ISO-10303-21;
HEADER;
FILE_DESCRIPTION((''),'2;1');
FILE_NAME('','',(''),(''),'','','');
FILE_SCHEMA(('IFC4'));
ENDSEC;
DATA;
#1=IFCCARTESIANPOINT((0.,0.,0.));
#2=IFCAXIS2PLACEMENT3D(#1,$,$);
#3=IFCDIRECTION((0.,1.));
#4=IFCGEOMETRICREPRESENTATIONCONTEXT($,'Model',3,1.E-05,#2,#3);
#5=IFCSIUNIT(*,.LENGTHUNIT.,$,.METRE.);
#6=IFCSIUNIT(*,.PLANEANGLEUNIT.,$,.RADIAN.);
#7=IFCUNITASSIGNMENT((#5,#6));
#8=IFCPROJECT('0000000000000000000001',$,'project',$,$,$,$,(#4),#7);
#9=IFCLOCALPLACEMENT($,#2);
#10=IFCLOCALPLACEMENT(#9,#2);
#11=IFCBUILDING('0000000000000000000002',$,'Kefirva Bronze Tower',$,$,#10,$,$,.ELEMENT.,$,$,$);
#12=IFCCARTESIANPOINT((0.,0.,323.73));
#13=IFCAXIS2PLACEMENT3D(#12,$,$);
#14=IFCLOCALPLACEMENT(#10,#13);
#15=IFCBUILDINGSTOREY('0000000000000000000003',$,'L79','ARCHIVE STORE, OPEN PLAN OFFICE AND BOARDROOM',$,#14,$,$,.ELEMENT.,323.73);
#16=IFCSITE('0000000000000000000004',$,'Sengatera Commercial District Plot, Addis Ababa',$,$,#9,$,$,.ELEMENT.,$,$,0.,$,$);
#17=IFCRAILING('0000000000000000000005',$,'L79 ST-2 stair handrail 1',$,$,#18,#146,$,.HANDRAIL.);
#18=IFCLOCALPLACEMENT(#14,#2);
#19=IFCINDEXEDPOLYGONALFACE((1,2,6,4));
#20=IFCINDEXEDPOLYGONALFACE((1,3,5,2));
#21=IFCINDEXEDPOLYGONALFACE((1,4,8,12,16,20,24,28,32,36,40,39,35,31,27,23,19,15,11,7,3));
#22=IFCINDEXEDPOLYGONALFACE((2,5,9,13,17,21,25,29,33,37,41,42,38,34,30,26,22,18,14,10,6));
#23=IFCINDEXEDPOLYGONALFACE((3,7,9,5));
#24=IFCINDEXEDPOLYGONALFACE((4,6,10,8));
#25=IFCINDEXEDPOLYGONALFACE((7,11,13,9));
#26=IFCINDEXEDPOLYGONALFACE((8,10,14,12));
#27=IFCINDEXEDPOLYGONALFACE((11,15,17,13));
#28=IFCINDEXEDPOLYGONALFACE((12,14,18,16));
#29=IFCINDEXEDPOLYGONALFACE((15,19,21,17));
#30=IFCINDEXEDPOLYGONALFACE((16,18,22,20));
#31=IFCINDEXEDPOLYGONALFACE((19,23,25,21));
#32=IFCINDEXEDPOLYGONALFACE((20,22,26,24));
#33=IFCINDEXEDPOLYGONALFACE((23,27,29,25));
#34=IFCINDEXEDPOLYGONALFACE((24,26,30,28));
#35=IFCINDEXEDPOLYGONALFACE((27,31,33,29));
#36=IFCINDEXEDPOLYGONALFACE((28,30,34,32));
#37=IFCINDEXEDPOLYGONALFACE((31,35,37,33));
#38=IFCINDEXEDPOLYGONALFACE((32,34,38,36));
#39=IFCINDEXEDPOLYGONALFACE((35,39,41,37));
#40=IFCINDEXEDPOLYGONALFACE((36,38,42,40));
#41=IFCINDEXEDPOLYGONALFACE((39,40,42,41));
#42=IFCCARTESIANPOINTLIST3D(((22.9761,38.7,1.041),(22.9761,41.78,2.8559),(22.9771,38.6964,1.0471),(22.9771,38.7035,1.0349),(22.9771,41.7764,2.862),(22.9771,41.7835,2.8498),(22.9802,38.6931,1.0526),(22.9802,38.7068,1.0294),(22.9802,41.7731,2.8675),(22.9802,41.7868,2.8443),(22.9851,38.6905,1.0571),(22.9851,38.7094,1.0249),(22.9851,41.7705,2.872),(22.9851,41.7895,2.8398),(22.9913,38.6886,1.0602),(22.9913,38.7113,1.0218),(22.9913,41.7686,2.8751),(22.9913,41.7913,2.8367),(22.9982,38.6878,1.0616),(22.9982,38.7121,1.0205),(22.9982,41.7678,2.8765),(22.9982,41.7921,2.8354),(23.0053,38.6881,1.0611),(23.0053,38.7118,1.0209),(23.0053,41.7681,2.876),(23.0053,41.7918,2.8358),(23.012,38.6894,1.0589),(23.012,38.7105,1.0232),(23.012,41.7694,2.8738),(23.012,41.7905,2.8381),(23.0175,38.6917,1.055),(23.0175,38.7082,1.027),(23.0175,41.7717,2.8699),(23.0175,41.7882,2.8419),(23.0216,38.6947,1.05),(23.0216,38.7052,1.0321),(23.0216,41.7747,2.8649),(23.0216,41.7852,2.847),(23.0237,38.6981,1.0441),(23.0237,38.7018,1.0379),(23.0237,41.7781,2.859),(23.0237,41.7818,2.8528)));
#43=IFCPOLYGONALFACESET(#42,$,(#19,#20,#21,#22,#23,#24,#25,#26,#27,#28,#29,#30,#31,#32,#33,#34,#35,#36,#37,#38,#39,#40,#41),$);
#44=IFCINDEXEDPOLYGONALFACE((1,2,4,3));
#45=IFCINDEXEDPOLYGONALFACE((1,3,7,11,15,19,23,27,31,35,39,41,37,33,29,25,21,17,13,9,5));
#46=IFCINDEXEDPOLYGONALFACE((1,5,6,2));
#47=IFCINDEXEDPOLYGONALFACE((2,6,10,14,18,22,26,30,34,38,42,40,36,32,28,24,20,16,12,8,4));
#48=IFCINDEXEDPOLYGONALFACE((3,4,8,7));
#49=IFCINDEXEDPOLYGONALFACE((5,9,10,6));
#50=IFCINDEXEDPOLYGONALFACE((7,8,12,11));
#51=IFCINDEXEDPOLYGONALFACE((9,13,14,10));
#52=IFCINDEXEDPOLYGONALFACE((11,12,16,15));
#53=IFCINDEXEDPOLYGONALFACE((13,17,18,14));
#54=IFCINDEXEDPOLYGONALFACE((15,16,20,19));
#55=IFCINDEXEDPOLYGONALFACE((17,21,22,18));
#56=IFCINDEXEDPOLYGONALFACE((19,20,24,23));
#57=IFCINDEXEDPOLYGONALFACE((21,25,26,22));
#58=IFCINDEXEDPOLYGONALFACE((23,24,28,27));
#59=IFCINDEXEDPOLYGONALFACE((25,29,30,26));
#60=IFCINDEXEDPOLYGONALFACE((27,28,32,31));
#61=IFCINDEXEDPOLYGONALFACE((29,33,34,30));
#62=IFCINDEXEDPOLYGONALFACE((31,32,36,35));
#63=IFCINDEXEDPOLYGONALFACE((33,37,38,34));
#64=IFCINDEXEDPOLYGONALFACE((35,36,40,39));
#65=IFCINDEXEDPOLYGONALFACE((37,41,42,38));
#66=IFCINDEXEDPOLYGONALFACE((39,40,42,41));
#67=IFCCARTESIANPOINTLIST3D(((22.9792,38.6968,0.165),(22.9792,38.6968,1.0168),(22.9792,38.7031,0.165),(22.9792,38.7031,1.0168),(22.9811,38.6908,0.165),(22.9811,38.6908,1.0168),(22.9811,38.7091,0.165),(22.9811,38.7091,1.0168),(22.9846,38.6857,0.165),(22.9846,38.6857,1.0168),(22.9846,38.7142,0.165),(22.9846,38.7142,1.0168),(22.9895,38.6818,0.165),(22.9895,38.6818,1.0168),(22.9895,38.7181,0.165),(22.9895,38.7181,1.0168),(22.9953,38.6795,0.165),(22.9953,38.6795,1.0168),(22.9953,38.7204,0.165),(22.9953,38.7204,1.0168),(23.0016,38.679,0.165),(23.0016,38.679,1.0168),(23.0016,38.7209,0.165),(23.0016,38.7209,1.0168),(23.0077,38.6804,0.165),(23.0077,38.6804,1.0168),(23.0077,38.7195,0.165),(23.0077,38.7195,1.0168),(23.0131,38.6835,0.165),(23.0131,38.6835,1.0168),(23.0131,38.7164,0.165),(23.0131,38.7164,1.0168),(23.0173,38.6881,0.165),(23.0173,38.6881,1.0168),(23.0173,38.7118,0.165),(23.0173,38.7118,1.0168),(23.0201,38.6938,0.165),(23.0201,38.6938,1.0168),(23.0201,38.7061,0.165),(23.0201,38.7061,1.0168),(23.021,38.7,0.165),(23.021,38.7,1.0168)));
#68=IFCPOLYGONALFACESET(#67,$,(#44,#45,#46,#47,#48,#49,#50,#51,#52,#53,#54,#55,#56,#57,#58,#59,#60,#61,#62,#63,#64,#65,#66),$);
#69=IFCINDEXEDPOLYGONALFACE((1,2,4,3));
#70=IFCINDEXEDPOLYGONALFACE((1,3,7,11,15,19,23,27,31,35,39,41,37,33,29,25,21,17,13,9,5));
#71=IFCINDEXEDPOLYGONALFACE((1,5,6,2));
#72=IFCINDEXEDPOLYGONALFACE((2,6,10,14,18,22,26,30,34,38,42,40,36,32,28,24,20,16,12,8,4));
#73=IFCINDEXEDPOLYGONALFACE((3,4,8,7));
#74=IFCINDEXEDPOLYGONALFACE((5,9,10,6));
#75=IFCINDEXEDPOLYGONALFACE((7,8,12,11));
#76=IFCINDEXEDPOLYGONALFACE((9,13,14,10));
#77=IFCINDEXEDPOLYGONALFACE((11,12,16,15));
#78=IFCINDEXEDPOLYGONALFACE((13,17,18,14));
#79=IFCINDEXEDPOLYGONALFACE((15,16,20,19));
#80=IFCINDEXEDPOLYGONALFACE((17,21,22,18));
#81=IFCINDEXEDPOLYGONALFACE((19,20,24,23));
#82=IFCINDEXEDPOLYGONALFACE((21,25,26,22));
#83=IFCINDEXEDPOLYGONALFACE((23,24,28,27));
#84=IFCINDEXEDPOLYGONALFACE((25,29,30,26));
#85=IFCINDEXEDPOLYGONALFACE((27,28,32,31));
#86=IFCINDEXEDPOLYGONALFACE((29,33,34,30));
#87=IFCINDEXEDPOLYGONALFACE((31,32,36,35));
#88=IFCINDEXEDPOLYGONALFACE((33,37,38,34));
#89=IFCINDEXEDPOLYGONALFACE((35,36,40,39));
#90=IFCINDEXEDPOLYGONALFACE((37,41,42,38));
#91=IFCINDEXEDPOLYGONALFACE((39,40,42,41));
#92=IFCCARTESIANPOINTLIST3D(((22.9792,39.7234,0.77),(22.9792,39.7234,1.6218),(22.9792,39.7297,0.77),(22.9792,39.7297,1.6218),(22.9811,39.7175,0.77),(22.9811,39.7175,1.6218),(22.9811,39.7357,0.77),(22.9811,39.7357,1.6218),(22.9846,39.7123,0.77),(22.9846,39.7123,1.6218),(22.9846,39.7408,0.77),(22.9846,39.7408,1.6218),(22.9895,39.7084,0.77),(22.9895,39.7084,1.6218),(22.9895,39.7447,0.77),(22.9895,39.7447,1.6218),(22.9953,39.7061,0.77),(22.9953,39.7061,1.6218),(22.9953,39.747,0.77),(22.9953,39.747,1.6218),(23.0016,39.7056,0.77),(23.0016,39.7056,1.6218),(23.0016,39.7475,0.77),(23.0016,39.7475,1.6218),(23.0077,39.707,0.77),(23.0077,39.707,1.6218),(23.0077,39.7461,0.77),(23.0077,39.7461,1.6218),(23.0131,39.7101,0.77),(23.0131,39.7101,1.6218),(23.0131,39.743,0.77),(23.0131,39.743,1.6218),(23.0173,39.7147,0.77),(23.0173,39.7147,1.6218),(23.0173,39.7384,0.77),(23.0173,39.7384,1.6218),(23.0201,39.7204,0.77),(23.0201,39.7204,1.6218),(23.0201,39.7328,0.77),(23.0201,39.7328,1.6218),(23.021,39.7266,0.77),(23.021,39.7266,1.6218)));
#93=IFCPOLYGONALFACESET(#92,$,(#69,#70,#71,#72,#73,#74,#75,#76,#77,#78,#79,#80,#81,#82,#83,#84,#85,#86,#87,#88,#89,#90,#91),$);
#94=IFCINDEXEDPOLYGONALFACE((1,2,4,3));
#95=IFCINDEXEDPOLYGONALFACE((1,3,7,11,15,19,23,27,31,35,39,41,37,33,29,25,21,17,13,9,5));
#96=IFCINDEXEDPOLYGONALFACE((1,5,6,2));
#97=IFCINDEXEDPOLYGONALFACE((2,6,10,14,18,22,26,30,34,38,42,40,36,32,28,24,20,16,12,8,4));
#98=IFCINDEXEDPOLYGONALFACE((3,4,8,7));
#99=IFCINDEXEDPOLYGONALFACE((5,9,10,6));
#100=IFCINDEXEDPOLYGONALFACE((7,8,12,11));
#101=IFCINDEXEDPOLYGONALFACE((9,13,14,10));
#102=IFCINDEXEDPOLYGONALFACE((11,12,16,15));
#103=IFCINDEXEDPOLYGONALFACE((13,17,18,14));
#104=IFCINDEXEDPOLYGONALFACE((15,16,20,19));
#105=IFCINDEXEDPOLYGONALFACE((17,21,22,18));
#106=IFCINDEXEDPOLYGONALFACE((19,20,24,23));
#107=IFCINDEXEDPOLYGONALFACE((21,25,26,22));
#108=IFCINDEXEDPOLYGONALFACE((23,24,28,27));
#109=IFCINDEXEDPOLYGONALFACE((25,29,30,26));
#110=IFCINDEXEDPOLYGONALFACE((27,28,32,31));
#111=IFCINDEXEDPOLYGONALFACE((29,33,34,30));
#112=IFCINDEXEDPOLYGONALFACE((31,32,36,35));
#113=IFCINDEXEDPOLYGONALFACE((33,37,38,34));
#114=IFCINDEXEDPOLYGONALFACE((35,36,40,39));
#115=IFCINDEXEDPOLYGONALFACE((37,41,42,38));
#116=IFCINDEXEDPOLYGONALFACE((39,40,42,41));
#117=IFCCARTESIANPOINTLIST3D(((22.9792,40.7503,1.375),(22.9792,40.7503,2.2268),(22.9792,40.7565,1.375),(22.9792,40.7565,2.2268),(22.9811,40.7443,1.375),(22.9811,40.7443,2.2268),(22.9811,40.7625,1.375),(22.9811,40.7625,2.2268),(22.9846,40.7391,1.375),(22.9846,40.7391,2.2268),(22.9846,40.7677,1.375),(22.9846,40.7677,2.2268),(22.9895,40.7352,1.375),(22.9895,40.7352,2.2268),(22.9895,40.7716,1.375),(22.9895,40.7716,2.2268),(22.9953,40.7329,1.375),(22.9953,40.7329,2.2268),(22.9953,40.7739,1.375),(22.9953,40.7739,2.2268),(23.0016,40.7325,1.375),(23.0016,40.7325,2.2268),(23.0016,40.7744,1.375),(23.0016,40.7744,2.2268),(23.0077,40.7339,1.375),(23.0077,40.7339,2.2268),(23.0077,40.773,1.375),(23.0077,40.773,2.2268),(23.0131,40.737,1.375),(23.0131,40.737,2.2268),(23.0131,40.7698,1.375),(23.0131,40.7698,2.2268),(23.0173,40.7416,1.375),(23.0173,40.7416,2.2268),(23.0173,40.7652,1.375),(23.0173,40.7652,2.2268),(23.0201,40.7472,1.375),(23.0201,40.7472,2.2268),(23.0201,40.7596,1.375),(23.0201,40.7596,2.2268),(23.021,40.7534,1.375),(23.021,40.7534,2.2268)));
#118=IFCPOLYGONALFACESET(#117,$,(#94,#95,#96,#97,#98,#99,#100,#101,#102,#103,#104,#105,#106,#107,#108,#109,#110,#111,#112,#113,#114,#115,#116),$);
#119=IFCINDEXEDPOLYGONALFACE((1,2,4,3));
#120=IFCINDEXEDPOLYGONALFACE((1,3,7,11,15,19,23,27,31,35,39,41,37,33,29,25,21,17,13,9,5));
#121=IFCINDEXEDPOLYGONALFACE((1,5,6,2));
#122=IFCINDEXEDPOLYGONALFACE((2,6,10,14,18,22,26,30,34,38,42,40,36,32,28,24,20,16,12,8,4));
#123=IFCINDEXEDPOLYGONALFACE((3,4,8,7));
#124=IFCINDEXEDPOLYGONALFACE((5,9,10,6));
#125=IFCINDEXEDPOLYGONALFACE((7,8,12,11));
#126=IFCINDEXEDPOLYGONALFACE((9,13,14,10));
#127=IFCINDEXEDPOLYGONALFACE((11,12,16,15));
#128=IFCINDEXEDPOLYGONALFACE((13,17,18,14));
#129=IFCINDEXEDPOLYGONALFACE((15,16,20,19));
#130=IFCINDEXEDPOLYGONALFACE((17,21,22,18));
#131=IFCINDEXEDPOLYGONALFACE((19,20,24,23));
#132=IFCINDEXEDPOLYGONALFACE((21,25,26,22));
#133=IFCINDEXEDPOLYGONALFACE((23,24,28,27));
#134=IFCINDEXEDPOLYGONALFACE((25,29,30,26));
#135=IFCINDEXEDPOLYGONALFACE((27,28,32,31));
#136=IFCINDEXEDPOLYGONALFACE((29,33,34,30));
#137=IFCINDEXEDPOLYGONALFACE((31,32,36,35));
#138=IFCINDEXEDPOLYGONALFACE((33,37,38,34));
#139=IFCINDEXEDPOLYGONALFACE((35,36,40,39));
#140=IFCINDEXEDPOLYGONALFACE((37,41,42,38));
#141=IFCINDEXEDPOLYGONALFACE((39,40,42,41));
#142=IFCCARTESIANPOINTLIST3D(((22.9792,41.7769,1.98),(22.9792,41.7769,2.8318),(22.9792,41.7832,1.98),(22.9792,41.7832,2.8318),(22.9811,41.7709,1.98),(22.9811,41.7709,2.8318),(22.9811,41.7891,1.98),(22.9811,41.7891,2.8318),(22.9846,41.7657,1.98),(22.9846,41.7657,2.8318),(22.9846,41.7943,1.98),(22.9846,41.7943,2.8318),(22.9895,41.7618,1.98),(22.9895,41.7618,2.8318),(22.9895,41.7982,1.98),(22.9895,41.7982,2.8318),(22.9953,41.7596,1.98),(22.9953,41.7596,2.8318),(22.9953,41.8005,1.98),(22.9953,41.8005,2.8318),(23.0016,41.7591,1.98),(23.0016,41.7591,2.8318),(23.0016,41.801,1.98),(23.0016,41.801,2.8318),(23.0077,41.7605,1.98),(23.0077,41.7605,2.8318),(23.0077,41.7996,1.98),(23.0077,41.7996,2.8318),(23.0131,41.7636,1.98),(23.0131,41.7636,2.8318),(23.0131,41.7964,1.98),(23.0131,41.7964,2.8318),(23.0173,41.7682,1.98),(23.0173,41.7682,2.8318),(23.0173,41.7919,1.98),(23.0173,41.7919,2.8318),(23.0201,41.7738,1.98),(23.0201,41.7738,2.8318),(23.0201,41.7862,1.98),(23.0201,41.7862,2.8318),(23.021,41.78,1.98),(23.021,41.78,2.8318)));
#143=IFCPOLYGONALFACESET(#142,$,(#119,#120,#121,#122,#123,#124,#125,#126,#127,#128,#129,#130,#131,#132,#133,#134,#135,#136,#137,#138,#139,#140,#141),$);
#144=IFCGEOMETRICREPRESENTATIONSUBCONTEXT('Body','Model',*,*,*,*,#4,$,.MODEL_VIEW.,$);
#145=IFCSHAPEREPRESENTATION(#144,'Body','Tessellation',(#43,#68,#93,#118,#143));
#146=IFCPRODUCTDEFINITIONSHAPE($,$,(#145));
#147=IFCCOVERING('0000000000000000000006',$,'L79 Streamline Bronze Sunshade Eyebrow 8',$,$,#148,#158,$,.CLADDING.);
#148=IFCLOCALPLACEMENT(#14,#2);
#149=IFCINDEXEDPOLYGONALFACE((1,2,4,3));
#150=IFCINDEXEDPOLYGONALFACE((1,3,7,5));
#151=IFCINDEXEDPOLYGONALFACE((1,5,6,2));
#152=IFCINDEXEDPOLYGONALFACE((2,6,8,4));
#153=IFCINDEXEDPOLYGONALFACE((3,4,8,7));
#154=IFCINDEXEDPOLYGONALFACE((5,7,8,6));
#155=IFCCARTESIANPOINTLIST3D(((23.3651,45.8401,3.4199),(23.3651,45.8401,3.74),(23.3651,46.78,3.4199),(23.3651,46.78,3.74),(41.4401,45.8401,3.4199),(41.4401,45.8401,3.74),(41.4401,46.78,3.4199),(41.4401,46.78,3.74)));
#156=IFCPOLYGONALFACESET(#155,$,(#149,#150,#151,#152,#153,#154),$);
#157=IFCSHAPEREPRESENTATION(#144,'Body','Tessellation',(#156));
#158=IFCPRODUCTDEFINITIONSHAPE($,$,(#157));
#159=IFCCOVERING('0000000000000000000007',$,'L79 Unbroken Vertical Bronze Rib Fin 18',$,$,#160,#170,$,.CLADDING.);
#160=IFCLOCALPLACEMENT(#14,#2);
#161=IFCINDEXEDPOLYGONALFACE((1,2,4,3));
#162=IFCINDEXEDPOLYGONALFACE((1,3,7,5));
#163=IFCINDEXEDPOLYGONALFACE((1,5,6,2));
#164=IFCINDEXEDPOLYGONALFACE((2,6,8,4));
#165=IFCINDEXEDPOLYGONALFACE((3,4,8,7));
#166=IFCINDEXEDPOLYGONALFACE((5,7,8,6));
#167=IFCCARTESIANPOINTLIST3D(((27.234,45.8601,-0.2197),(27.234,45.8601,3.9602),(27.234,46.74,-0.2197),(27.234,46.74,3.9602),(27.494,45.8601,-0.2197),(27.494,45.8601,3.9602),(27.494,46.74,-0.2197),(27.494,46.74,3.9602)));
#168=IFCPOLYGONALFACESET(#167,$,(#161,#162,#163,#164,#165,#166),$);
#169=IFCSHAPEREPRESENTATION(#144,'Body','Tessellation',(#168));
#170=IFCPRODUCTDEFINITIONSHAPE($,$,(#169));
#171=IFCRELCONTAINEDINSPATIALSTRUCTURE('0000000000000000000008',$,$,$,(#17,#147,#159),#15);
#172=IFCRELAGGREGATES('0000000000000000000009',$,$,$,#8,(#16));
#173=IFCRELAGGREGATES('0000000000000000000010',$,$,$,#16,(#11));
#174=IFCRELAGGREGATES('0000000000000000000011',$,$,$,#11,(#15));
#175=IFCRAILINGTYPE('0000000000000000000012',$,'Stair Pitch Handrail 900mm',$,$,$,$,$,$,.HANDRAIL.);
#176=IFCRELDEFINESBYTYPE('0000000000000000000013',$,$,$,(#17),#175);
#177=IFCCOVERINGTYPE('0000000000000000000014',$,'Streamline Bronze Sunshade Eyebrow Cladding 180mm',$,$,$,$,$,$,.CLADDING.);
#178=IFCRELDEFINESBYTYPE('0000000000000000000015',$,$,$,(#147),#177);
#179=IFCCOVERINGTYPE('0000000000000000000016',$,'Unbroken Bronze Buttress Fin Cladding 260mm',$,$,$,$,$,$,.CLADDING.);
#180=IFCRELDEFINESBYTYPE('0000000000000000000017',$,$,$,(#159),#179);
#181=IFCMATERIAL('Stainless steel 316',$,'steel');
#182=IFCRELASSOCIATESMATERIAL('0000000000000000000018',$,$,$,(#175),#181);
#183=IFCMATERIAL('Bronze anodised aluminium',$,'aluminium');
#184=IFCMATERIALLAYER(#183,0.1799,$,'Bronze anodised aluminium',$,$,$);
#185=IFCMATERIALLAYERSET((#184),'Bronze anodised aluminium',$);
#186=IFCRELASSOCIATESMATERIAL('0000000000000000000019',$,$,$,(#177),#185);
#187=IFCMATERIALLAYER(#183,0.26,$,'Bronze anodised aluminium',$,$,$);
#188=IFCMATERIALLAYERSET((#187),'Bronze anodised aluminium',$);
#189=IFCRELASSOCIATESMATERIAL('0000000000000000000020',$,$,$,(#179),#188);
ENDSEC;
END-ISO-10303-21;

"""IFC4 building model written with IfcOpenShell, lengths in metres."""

from ifc_helpers import new_model, si_unit, direction, frame, origin, origin_2d, place, context, subcontext, project, spatial, rectangle, circle, extrude, material, layer, layer_set, type_object, element, save


model = new_model("IFC4")

# Units and contexts
model_context = context("Model", 3, precision=1e-05, world=origin(), true_north=direction((0.0, 1.0)))
body_context = subcontext(model_context, "Body", "Model", "MODEL_VIEW")
ifc_project = project(units=[si_unit("LENGTHUNIT", "METRE"), si_unit("PLANEANGLEUNIT", "RADIAN")], contexts=[model_context])

# Site, building, storey
site_placement = place(None, origin())
site = spatial("IfcSite", under=ifc_project, at=site_placement, Name="Sengatera Commercial District Plot, Addis Ababa", CompositionType="ELEMENT", RefElevation=0.0)
building_placement = place(site_placement, origin())
building = spatial("IfcBuilding", under=site, at=building_placement, Name="Kefirva Bronze Tower", CompositionType="ELEMENT")
storey_placement = place(building_placement, frame((0.0, 0.0, 323.73)))
storey = spatial("IfcBuildingStorey", under=building, at=storey_placement, Name="L79", Description="ARCHIVE STORE, OPEN PLAN OFFICE AND BOARDROOM", CompositionType="ELEMENT", Elevation=323.73)

# Shared definitions
ifc_material_1 = material(Name="Bronze anodised aluminium", Category="aluminium")

# Railing
ifc_material_2 = material(Name="Stainless steel 316", Category="steel")
railing_type_1 = type_object("IfcRailingType", Name="Stair Pitch Handrail 900mm", PredefinedType="HANDRAIL", material=ifc_material_2)
railing_1_placement = place(storey_placement, frame((23.0, 38.7, 0.165)))
element("IfcRailing", 1, at=railing_1_placement, inside=storey, type_object=railing_type_1, Name="L79 ST-2 stair handrail 1", PredefinedType="HANDRAIL", context=body_context, shape_type="SweptSolid", body=[
    extrude(circle(Radius=0.0239, at=origin_2d()), frame((0.0, 0.0, 0.876), z_axis=(0.0, 0.861551, 0.507671), x_axis=(-1.0, 0.0, 0.0)), (0.0, 0.0, 1.0), 3.575),
    extrude(circle(Radius=0.021, at=origin_2d()), origin(), (0.0, 0.0, 1.0), 0.8518),
    extrude(circle(Radius=0.021, at=origin_2d()), frame((0.0, 1.0266, 0.605)), (0.0, 0.0, 1.0), 0.8518),
    extrude(circle(Radius=0.021, at=origin_2d()), frame((0.0, 2.0535, 1.21)), (0.0, 0.0, 1.0), 0.8518),
    extrude(circle(Radius=0.021, at=origin_2d()), frame((0.0, 3.0801, 1.8149)), (0.0, 0.0, 1.0), 0.8518),
])

# Coverings
ifc_layer_1 = layer(ifc_material_1, 0.1799, Name="Bronze anodised aluminium")
ifc_layer_set_1 = layer_set([ifc_layer_1], Name="Bronze anodised aluminium")
covering_type_1 = type_object("IfcCoveringType", Name="Streamline Bronze Sunshade Eyebrow Cladding 180mm", PredefinedType="CLADDING", material=ifc_layer_set_1)
covering_1_placement = place(storey_placement, frame((32.4026, 46.3101, 3.4199), z_axis=(0.0, 0.0, 1.0), x_axis=(-1.0, 0.0, 0.0)))
element("IfcCovering", 2, at=covering_1_placement, inside=storey, type_object=covering_type_1, Name="L79 Streamline Bronze Sunshade Eyebrow 8", PredefinedType="CLADDING", context=body_context, shape_type="SweptSolid", body=[
    extrude(rectangle(XDim=18.075, YDim=0.9399, at=origin_2d()), origin(), (0.0, 0.0, 1.0), 0.3201),
])
ifc_layer_2 = layer(ifc_material_1, 0.26, Name="Bronze anodised aluminium")
ifc_layer_set_2 = layer_set([ifc_layer_2], Name="Bronze anodised aluminium")
covering_type_2 = type_object("IfcCoveringType", Name="Unbroken Bronze Buttress Fin Cladding 260mm", PredefinedType="CLADDING", material=ifc_layer_set_2)
covering_2_placement = place(storey_placement, frame((27.364, 46.3, -0.2197), z_axis=(0.0, 0.0, 1.0), x_axis=(-1.0, 0.0, 0.0)))
element("IfcCovering", 3, at=covering_2_placement, inside=storey, type_object=covering_type_2, Name="L79 Unbroken Vertical Bronze Rib Fin 18", PredefinedType="CLADDING", context=body_context, shape_type="SweptSolid", body=[
    extrude(rectangle(XDim=0.26, YDim=0.8799, at=origin_2d()), origin(), (0.0, 0.0, 1.0), 4.1799),
])

save(model, "model.ifc")
